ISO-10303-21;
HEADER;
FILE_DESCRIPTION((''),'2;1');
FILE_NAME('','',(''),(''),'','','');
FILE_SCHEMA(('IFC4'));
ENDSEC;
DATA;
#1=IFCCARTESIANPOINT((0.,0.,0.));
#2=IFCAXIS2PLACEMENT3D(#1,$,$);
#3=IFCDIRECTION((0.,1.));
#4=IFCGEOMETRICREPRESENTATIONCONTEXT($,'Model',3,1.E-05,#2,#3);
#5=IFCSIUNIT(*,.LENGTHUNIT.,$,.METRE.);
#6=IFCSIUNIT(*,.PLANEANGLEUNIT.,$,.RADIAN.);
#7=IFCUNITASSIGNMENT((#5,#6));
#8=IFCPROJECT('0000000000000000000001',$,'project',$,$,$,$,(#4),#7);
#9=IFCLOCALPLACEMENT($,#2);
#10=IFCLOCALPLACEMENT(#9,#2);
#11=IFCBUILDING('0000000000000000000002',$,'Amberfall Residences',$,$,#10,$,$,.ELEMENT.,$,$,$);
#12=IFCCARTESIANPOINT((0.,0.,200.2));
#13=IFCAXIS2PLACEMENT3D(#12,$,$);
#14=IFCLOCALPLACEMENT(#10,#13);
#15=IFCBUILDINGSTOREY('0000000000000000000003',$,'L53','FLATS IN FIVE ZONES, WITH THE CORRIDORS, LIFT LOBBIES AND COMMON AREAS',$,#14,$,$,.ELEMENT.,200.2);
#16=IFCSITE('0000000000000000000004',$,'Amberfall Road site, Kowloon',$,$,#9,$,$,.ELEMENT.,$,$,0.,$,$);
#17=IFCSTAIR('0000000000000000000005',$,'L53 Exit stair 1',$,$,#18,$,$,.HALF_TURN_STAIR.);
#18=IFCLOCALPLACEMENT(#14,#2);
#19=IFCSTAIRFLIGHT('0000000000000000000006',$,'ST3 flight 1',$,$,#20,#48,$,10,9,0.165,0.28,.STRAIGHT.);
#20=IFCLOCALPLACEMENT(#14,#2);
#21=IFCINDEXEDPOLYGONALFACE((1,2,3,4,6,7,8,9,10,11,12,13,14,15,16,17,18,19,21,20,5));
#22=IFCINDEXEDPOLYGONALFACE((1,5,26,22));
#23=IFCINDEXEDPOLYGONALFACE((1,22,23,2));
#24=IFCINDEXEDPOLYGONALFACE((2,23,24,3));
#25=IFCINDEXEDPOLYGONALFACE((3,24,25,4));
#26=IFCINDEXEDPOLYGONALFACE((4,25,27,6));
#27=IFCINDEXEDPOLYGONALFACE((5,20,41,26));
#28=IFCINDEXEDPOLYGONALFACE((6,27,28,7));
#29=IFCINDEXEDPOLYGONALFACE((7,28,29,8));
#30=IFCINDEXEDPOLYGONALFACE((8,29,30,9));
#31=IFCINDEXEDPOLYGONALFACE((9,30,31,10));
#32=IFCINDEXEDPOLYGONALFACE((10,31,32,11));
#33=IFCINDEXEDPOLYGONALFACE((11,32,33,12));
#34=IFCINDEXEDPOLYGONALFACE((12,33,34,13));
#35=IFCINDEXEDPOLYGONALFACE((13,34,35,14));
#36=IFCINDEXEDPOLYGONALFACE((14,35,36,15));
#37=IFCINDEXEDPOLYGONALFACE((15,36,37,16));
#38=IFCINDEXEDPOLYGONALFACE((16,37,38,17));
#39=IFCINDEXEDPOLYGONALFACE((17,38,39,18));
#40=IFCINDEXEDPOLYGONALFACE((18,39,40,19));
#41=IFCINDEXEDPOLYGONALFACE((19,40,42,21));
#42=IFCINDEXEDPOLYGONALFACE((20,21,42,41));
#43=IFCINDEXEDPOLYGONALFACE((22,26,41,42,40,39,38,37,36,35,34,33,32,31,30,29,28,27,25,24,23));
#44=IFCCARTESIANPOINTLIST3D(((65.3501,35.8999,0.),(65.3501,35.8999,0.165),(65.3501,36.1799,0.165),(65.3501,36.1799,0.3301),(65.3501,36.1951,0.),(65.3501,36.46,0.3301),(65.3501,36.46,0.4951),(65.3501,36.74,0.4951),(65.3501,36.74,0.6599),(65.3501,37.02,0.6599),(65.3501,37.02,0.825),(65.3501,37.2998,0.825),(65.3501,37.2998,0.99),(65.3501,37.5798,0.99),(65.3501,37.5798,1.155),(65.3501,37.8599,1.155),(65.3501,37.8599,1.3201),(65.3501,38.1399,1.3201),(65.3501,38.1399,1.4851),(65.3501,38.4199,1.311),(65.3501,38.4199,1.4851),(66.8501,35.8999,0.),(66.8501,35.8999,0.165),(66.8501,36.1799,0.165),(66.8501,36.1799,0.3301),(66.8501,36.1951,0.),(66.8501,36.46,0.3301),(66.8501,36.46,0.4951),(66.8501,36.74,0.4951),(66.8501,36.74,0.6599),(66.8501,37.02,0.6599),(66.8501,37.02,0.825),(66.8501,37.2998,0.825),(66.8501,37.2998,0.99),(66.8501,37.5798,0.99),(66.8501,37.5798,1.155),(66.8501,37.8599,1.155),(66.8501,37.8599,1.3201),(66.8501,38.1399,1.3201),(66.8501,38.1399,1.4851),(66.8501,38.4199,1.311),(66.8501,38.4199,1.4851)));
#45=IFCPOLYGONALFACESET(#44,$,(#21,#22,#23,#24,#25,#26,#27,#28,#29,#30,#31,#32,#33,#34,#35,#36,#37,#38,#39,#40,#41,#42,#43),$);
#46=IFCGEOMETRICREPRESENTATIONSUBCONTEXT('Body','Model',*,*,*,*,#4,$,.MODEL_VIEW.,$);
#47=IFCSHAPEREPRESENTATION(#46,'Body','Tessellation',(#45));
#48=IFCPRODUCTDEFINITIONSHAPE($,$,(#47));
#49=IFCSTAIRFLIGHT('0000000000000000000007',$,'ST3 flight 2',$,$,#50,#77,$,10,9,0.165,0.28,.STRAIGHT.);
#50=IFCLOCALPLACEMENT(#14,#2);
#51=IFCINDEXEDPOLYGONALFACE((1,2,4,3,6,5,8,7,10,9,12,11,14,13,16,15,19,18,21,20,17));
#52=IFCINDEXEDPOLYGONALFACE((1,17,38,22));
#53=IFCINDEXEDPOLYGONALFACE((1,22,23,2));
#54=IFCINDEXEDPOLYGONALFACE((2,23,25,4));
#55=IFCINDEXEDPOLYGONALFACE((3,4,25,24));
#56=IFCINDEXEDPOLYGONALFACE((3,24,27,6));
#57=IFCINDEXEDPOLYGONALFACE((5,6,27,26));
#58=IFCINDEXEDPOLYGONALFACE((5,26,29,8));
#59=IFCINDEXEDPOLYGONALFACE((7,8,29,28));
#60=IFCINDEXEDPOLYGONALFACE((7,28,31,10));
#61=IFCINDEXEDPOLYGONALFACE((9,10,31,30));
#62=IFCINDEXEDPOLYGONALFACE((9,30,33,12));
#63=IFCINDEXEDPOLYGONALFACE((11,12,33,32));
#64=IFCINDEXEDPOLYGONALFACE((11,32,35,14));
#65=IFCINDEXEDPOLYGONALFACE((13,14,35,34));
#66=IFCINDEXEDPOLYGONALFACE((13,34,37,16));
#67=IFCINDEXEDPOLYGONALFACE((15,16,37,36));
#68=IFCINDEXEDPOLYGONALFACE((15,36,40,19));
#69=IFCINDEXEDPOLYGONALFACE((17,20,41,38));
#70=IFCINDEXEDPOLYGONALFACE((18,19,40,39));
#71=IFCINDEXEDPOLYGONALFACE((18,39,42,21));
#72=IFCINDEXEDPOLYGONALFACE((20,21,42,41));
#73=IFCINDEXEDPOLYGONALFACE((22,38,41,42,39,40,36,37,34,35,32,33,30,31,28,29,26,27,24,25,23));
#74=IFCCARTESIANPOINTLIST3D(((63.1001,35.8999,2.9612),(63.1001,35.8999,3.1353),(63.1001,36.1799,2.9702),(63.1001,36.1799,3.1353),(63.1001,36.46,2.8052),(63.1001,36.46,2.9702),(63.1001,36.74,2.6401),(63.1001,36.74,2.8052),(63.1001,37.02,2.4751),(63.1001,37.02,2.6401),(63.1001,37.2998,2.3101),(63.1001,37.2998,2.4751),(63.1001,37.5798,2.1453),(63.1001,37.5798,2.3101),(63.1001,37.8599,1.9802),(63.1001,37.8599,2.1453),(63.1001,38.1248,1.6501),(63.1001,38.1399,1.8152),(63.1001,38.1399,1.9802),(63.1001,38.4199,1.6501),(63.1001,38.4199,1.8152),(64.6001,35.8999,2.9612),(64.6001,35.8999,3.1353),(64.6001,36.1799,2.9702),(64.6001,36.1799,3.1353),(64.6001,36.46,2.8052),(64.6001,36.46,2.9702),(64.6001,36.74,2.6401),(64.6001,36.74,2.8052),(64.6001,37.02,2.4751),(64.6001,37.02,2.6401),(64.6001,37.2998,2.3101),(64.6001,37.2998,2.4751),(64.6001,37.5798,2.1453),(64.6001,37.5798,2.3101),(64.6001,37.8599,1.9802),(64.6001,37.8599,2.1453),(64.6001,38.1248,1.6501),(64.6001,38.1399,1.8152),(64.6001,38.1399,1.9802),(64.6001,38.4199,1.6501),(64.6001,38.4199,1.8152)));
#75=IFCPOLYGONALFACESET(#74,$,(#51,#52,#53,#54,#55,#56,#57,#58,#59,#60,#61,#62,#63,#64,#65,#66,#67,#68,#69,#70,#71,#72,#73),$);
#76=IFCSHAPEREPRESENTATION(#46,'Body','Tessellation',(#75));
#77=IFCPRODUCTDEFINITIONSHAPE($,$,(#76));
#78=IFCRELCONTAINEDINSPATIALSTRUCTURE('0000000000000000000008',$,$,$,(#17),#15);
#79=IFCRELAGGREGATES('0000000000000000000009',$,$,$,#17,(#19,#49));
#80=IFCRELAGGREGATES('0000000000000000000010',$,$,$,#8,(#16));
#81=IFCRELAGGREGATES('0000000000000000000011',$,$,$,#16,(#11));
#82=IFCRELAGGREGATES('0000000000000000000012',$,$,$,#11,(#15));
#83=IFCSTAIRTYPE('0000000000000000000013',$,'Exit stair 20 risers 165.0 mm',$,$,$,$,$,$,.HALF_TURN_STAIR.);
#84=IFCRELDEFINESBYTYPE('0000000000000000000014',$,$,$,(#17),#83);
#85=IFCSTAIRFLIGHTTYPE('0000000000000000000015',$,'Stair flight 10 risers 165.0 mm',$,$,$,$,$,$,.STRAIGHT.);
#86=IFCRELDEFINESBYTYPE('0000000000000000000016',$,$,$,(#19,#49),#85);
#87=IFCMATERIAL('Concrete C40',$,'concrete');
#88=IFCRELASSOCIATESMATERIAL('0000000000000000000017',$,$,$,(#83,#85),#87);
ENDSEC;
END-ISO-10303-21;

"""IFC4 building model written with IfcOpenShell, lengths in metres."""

from ifc_helpers import new_model, si_unit, direction, frame, origin, place, context, subcontext, project, spatial, polyline, outline, extrude, material, type_object, element, aggregate, save


model = new_model("IFC4")

# Units and contexts
model_context = context("Model", 3, precision=1e-05, world=origin(), true_north=direction((0.0, 1.0)))
body_context = subcontext(model_context, "Body", "Model", "MODEL_VIEW")
ifc_project = project(units=[si_unit("LENGTHUNIT", "METRE"), si_unit("PLANEANGLEUNIT", "RADIAN")], contexts=[model_context])

# Site, building, storey
site_placement = place(None, origin())
site = spatial("IfcSite", under=ifc_project, at=site_placement, Name="Amberfall Road site, Kowloon", CompositionType="ELEMENT", RefElevation=0.0)
building_placement = place(site_placement, origin())
building = spatial("IfcBuilding", under=site, at=building_placement, Name="Amberfall Residences", CompositionType="ELEMENT")
storey_placement = place(building_placement, frame((0.0, 0.0, 200.2)))
storey = spatial("IfcBuildingStorey", under=building, at=storey_placement, Name="L53", Description="FLATS IN FIVE ZONES, WITH THE CORRIDORS, LIFT LOBBIES AND COMMON AREAS", CompositionType="ELEMENT", Elevation=200.2)

# Stair, stair flights
ifc_material_1 = material(Name="Concrete C40", Category="concrete")
stair_type = type_object("IfcStairType", Name="Exit stair 20 risers 165.0 mm", PredefinedType="HALF_TURN_STAIR", material=ifc_material_1)
stair_placement = place(storey_placement, origin())
stair = element("IfcStair", 1, at=stair_placement, inside=storey, type_object=stair_type, Name="L53 Exit stair 1", PredefinedType="HALF_TURN_STAIR")
stair_flight_type = type_object("IfcStairFlightType", Name="Stair flight 10 risers 165.0 mm", PredefinedType="STRAIGHT", material=ifc_material_1)
stair_flight_1_placement = place(storey_placement, frame((66.1001, 35.8999, 0.0), z_axis=(0.0, 0.0, 1.0), x_axis=(0.0, 1.0, 0.0)))
stair_flight_1 = element("IfcStairFlight", 2, at=stair_flight_1_placement, type_object=stair_flight_type, Name="ST3 flight 1", NumberOfRisers=10, NumberOfTreads=9, PredefinedType="STRAIGHT", RiserHeight=0.165, TreadLength=0.28, context=body_context, shape_type="SweptSolid", body=[
    extrude(outline(polyline([(0.0, 0.0), (0.0, 0.165), (0.28, 0.165), (0.28, 0.3301), (0.5601, 0.3301), (0.5601, 0.4951), (0.8401, 0.4951), (0.8401, 0.6599), (1.1201, 0.6599), (1.1201, 0.825), (1.3999, 0.825), (1.3999, 0.99), (1.6799, 0.99), (1.6799, 1.155), (1.96, 1.155), (1.96, 1.3201), (2.24, 1.3201), (2.24, 1.4851), (2.52, 1.4851), (2.52, 1.6499), (2.52, 1.311), (0.2952, 0.0), (0.0, 0.0)])), frame((0.0, 0.75, 0.0), z_axis=(0.0, -1.0, 0.0), x_axis=(1.0, 0.0, 0.0)), (0.0, 0.0, 1.0), 1.5),
])
stair_flight_2_placement = place(storey_placement, frame((63.8501, 38.4199, 1.6501), z_axis=(0.0, 0.0, 1.0), x_axis=(0.0, -1.0, 0.0)))
stair_flight_2 = element("IfcStairFlight", 3, at=stair_flight_2_placement, type_object=stair_flight_type, Name="ST3 flight 2", NumberOfRisers=10, NumberOfTreads=9, PredefinedType="STRAIGHT", RiserHeight=0.165, TreadLength=0.28, context=body_context, shape_type="SweptSolid", body=[
    extrude(outline(polyline([(0.0, 0.0), (0.0, 0.165), (0.28, 0.165), (0.28, 0.3301), (0.5601, 0.3301), (0.5601, 0.4951), (0.8401, 0.4951), (0.8401, 0.6599), (1.1201, 0.6599), (1.1201, 0.825), (1.3999, 0.825), (1.3999, 0.99), (1.6799, 0.99), (1.6799, 1.155), (1.96, 1.155), (1.96, 1.3201), (2.24, 1.3201), (2.24, 1.4851), (2.52, 1.4851), (2.52, 1.6499), (2.52, 1.311), (0.2952, 0.0), (0.0, 0.0)])), frame((0.0, 0.75, 0.0), z_axis=(0.0, -1.0, 0.0), x_axis=(1.0, 0.0, 0.0)), (0.0, 0.0, 1.0), 1.5),
])
aggregate(stair, [stair_flight_1, stair_flight_2])

save(model, "model.ifc")
